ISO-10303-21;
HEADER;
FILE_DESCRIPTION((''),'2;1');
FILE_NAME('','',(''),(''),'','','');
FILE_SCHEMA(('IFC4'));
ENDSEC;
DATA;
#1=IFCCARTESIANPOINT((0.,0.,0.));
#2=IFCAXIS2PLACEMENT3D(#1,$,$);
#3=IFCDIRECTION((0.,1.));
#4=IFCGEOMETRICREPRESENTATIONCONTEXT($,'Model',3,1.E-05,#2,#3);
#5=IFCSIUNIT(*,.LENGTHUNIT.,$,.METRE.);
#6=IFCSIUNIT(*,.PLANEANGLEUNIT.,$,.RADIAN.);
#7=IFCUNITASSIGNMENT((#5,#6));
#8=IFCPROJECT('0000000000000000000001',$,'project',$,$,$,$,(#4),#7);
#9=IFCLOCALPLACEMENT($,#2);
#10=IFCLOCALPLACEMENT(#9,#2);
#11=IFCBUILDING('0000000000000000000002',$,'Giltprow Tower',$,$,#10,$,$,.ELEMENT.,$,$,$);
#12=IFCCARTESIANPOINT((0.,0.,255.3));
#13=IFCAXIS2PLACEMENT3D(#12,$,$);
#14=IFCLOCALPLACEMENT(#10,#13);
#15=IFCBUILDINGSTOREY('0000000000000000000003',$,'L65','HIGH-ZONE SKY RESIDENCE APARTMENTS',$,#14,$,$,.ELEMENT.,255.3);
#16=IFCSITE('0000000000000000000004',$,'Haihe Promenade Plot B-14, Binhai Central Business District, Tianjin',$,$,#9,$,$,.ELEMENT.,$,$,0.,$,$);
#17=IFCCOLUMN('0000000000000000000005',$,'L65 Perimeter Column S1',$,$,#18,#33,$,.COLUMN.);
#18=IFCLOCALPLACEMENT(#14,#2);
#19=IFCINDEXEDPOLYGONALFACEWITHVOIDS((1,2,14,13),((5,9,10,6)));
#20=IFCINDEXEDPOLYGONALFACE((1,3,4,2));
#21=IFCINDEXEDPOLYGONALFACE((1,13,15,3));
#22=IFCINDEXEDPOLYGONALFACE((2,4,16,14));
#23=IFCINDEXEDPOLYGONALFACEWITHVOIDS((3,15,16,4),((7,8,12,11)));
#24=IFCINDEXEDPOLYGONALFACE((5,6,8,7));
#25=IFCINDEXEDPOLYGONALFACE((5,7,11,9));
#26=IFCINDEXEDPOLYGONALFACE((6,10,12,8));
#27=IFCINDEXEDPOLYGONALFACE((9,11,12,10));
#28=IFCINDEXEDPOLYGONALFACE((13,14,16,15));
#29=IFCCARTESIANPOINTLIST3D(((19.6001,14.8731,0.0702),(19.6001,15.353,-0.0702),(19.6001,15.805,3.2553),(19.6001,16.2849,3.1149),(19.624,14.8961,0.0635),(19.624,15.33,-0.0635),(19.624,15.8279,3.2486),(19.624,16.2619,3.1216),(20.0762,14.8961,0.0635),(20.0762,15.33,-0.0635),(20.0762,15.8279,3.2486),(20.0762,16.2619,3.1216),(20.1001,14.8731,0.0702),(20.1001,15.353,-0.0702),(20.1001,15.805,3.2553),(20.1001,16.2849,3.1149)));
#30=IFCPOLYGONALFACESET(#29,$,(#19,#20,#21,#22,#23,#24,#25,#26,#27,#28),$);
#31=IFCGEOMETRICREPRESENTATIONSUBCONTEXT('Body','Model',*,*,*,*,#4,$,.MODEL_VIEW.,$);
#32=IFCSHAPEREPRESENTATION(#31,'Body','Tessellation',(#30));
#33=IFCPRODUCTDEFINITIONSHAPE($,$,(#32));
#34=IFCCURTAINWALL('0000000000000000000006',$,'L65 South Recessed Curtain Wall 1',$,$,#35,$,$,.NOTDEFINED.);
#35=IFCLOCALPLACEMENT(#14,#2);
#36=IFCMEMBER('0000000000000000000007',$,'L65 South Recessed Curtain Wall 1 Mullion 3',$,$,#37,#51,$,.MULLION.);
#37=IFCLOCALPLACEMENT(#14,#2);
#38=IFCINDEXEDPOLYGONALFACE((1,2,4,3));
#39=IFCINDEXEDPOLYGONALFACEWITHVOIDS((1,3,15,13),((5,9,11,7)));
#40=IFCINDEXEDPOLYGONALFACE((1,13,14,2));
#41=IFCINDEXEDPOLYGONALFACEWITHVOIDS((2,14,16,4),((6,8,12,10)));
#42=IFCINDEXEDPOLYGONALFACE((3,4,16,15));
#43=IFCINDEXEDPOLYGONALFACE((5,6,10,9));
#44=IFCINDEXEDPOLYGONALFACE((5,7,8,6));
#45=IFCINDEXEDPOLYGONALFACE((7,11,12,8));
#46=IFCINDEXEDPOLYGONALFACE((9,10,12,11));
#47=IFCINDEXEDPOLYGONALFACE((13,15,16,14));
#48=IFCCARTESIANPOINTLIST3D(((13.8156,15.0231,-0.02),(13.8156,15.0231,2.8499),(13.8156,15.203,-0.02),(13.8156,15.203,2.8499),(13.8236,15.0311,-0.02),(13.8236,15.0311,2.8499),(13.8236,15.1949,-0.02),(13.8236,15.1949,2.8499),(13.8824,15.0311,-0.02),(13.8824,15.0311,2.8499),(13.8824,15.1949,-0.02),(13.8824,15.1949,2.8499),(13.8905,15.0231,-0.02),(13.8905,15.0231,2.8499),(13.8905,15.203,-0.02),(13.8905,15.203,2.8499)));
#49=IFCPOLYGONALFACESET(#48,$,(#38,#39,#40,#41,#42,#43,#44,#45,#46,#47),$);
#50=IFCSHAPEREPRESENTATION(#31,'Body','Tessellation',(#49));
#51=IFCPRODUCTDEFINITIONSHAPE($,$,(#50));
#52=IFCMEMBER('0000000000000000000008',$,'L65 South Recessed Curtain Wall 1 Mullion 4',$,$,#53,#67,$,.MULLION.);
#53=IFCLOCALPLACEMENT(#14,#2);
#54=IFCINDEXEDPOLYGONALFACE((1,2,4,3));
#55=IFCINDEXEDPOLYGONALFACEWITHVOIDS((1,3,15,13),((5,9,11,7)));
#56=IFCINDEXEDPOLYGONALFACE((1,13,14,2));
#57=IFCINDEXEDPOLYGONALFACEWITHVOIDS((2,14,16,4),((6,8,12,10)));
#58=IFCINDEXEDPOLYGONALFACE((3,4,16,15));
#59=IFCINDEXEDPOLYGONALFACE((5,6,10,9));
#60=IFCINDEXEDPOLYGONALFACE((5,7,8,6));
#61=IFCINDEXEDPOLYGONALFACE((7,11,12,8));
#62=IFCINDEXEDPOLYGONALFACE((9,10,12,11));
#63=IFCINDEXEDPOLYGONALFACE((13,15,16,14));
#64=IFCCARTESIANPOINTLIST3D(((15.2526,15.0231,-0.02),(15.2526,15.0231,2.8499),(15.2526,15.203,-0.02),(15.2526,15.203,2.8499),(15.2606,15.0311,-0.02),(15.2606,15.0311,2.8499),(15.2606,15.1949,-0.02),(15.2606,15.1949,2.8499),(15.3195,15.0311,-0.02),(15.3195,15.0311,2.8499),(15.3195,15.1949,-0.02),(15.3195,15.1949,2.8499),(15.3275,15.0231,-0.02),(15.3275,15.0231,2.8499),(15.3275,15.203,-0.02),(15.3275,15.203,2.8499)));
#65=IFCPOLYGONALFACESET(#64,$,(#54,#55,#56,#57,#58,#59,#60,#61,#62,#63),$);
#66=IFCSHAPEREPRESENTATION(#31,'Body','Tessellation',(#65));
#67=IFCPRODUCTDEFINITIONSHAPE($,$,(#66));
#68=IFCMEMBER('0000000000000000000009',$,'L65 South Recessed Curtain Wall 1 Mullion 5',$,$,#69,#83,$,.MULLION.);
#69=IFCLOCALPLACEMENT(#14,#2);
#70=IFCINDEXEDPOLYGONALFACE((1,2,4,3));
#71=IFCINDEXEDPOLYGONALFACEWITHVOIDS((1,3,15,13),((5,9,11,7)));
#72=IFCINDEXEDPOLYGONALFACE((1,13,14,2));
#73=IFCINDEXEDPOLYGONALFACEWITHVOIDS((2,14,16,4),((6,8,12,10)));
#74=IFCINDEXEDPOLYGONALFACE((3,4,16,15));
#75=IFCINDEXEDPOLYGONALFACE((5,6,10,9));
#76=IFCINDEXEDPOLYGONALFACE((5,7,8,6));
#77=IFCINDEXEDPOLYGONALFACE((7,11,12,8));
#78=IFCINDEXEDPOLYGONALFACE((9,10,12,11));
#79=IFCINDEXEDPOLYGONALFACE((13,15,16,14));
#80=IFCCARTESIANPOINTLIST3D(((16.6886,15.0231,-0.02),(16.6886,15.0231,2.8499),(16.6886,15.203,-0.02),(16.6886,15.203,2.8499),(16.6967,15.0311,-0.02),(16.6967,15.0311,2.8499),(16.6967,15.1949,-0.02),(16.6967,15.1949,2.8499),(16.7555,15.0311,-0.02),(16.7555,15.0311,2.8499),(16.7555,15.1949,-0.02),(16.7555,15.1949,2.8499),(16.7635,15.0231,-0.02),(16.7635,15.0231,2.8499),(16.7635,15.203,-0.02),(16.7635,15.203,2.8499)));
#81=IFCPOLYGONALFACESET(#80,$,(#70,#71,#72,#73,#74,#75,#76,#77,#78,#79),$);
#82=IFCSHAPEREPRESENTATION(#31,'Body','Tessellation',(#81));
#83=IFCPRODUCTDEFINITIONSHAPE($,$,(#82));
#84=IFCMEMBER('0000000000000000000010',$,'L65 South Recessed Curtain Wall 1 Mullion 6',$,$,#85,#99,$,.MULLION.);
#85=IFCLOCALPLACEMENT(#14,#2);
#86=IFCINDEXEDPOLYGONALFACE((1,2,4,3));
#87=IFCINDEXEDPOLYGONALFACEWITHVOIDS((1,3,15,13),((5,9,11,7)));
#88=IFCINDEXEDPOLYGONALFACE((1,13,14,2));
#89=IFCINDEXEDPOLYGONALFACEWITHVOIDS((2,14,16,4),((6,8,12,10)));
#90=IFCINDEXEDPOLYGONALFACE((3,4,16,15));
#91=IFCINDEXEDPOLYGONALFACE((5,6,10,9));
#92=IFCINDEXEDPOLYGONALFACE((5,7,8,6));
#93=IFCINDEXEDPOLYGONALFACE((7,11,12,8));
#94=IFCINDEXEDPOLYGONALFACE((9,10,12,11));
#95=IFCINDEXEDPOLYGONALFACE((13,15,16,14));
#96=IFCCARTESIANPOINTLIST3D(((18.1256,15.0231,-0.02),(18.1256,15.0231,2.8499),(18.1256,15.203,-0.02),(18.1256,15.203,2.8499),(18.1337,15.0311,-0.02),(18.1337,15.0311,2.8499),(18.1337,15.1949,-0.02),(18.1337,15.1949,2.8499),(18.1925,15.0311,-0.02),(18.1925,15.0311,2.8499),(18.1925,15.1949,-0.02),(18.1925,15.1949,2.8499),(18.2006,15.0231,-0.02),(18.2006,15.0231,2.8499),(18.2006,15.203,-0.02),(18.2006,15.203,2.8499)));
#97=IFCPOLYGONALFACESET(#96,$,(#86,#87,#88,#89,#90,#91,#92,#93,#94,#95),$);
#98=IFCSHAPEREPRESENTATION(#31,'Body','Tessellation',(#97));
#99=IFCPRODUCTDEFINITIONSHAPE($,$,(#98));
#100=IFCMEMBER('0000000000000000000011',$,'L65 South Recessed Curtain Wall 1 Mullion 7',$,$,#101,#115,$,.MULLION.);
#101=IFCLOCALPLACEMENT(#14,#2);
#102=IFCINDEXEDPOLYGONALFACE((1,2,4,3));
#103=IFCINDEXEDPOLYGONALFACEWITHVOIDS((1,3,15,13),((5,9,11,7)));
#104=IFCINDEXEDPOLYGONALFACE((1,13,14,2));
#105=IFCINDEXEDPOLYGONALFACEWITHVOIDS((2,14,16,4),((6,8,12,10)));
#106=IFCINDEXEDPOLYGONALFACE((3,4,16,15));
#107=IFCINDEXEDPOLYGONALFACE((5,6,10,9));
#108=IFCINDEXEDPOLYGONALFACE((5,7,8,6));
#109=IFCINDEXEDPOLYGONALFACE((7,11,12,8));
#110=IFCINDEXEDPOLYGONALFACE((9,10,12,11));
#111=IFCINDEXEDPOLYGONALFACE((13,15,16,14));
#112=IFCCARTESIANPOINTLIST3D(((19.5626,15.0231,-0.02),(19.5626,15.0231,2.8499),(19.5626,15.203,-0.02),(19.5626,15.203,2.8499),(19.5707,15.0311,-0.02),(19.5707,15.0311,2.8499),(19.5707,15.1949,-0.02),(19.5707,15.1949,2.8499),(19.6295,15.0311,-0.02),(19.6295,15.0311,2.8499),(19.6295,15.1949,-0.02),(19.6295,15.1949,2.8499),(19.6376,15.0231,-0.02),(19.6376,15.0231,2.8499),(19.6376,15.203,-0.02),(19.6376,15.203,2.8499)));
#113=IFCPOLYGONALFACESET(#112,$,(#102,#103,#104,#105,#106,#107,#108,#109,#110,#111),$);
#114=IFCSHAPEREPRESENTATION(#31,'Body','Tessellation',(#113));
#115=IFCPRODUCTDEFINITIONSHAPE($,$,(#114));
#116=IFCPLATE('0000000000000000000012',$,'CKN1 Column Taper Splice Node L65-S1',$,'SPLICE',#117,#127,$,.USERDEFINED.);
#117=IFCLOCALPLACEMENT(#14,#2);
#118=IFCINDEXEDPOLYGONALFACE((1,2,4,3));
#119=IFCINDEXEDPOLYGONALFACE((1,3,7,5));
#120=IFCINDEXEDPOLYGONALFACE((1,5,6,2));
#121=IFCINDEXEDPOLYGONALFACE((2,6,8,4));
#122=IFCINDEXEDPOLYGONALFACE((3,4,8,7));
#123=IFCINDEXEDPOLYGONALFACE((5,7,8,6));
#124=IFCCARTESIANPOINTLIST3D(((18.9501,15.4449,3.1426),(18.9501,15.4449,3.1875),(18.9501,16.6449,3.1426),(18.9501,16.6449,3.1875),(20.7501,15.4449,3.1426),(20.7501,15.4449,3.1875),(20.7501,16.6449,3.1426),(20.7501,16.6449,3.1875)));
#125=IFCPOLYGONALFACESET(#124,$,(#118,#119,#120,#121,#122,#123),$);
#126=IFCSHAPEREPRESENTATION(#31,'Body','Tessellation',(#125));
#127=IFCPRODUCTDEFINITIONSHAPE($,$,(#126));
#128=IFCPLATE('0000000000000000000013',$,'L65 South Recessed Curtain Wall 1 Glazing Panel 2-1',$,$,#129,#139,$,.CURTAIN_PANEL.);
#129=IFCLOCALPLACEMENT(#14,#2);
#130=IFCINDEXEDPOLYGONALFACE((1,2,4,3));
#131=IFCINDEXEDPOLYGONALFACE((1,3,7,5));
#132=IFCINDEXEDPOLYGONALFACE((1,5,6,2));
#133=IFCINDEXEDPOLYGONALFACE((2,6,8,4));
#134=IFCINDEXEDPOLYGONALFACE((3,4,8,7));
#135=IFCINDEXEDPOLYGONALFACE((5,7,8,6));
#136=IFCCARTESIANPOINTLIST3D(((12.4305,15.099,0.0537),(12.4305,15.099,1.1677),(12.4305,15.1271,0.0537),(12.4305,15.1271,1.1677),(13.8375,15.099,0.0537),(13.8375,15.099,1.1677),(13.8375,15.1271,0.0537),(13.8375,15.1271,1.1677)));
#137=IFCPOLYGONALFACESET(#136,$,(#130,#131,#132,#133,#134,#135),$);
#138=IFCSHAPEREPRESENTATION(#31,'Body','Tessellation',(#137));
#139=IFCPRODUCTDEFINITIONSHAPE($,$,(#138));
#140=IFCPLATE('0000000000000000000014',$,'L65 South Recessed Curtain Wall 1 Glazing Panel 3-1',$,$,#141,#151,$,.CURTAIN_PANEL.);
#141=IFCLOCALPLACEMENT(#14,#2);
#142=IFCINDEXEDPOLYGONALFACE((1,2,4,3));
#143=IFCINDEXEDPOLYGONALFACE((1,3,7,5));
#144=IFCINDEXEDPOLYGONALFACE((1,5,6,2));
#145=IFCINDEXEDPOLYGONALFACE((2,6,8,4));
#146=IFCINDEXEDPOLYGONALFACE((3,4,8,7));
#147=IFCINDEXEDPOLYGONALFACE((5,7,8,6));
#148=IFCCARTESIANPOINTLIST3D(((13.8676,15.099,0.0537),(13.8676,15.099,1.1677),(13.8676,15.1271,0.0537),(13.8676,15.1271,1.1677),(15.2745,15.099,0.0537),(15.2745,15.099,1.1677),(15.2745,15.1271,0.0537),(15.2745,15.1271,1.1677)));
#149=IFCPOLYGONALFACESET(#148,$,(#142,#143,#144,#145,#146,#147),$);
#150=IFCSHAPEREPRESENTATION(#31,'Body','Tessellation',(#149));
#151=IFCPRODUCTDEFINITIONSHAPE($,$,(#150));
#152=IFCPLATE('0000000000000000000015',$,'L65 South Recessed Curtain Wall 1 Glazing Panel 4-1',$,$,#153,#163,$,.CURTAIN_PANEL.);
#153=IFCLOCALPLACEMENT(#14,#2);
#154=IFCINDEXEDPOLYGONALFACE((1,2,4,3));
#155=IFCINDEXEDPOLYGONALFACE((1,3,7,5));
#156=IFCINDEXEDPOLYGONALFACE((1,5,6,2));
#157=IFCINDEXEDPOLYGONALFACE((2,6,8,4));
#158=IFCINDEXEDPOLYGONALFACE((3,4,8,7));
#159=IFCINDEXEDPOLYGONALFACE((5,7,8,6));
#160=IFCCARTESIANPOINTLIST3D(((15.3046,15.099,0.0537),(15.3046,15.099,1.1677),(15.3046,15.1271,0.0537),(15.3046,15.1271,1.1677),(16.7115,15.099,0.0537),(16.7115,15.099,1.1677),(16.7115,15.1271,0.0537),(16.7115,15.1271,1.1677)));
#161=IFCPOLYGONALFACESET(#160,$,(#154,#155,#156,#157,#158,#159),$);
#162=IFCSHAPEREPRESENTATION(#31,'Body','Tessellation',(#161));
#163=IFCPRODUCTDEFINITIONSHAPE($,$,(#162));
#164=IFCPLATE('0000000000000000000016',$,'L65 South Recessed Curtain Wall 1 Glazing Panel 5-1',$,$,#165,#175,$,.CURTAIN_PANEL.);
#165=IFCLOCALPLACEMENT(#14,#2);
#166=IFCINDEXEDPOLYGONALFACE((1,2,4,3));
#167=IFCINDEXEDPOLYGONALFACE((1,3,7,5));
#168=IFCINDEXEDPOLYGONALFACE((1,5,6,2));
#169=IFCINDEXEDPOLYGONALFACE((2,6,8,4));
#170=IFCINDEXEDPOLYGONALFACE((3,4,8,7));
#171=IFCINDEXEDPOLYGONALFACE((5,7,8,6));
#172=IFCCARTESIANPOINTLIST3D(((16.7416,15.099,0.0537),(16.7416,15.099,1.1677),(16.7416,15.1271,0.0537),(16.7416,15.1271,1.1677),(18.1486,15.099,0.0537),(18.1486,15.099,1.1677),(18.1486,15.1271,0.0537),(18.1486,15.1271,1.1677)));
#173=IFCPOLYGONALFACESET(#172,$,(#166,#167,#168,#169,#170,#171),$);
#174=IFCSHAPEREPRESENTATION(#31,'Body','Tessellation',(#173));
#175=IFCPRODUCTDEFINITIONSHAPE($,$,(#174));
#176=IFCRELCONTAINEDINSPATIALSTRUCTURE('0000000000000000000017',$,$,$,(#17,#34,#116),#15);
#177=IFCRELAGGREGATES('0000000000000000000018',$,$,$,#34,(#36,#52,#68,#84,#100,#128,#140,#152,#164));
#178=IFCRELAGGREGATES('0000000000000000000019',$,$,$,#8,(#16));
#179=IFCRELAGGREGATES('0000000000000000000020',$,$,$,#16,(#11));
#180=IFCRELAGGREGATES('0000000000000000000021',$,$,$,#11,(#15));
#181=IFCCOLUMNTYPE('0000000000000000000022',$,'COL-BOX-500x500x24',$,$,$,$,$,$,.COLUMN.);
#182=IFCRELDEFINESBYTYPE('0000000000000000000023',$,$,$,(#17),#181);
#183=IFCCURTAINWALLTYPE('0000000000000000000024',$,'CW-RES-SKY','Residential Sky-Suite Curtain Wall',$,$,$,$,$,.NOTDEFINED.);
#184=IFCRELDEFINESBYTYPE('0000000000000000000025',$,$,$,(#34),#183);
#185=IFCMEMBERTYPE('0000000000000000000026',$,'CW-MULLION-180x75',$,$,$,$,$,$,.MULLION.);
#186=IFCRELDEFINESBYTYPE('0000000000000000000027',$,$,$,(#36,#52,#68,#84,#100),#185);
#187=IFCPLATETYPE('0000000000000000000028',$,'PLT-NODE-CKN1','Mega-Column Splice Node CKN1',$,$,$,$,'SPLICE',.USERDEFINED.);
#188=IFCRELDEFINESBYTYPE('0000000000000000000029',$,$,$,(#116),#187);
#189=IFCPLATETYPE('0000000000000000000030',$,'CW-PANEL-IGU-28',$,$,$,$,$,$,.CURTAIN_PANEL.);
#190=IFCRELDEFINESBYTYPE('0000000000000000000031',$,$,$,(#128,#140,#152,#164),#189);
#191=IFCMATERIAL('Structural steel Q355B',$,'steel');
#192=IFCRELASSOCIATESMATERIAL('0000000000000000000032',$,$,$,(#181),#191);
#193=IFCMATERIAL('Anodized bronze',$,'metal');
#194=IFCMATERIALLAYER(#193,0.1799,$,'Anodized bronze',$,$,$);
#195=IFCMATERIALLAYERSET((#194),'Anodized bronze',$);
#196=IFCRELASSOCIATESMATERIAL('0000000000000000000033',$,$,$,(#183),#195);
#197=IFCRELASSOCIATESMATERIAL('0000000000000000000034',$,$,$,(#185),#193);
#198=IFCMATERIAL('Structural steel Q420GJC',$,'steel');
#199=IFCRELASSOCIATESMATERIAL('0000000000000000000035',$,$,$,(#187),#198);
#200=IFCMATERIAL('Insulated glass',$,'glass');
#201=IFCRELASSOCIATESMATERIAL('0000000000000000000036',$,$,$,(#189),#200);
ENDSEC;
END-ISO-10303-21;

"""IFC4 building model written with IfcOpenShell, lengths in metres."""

from ifc_helpers import new_model, si_unit, direction, frame, origin, origin_2d, place, context, subcontext, project, spatial, rectangle, hollow_rectangle, extrude, source, transform, mapped, material, layer, layer_set, material_profile, profile_set, type_object, element, aggregate, save


model = new_model("IFC4")

# Units and contexts
model_context = context("Model", 3, precision=1e-05, world=origin(), true_north=direction((0.0, 1.0)))
body_context = subcontext(model_context, "Body", "Model", "MODEL_VIEW")
ifc_project = project(units=[si_unit("LENGTHUNIT", "METRE"), si_unit("PLANEANGLEUNIT", "RADIAN")], contexts=[model_context])

# Site, building, storey
site_placement = place(None, origin())
site = spatial("IfcSite", under=ifc_project, at=site_placement, Name="Haihe Promenade Plot B-14, Binhai Central Business District, Tianjin", CompositionType="ELEMENT", RefElevation=0.0)
building_placement = place(site_placement, origin())
building = spatial("IfcBuilding", under=site, at=building_placement, Name="Giltprow Tower", CompositionType="ELEMENT")
storey_placement = place(building_placement, frame((0.0, 0.0, 255.3)))
storey = spatial("IfcBuildingStorey", under=building, at=storey_placement, Name="L65", Description="HIGH-ZONE SKY RESIDENCE APARTMENTS", CompositionType="ELEMENT", Elevation=255.3)

# Column
ifc_material_1 = material(Name="Structural steel Q355B", Category="steel")
ifc_material_profile_1 = material_profile(ifc_material_1, hollow_rectangle(XDim=0.5, YDim=0.5, WallThickness=0.0239, at=origin_2d()), Name="BOX 500x500x24")
ifc_profile_set_1 = profile_set([ifc_material_profile_1], Name="Structural steel Q355B")
column_type = type_object("IfcColumnType", Name="COL-BOX-500x500x24", PredefinedType="COLUMN", material=ifc_profile_set_1)
shared_shape_1 = source(origin(), body_context, "Body", "SweptSolid", [
    extrude(hollow_rectangle(XDim=0.5, YDim=0.5, WallThickness=0.0239, at=origin_2d()), origin(), (0.0, 0.0, 1.0), 3.3186),
])
column_placement = place(storey_placement, frame((19.8501, 15.113, 0.0), z_axis=(0.0, 0.280808, 0.959764), x_axis=(-1.0, 0.0, 0.0)))
element("IfcColumn", 1, at=column_placement, inside=storey, type_object=column_type, Name="L65 Perimeter Column S1", PredefinedType="COLUMN", context=body_context, shape_type="MappedRepresentation", body=[
    mapped(shared_shape_1, transform((0.0, 0.0, 0.0), x_axis=(1.0, 0.0, 0.0), y_axis=(0.0, 1.0, 0.0), z_axis=(0.0, 0.0, 1.0), scale=1.0)),
])

# Curtain wall, members
ifc_material_2 = material(Name="Anodized bronze", Category="metal")
ifc_layer = layer(ifc_material_2, 0.1799, Name="Anodized bronze")
ifc_layer_set = layer_set([ifc_layer], Name="Anodized bronze")
curtain_wall_type = type_object("IfcCurtainWallType", Name="CW-RES-SKY", Description="Residential Sky-Suite Curtain Wall", PredefinedType="NOTDEFINED", material=ifc_layer_set)
curtain_wall_placement = place(storey_placement, origin())
curtain_wall = element("IfcCurtainWall", 2, at=curtain_wall_placement, inside=storey, type_object=curtain_wall_type, Name="L65 South Recessed Curtain Wall 1", PredefinedType="NOTDEFINED")
ifc_material_profile_2 = material_profile(ifc_material_2, hollow_rectangle(XDim=0.075, YDim=0.1799, WallThickness=0.0081, at=origin_2d()), Name="RHS 180x75x8")
ifc_profile_set_2 = profile_set([ifc_material_profile_2], Name="Anodized bronze")
member_type = type_object("IfcMemberType", Name="CW-MULLION-180x75", PredefinedType="MULLION", material=ifc_profile_set_2)
shared_shape_2 = source(origin(), body_context, "Body", "SweptSolid", [
    extrude(hollow_rectangle(XDim=0.075, YDim=0.1799, WallThickness=0.0081, at=origin_2d()), origin(), (0.0, 0.0, 1.0), 2.8699),
])
member_1_placement = place(storey_placement, frame((13.853, 15.113, -0.02), z_axis=(0.0, 0.0, 1.0), x_axis=(1.0, 0.0, 0.0)))
member_1 = element("IfcMember", 3, at=member_1_placement, type_object=member_type, Name="L65 South Recessed Curtain Wall 1 Mullion 3", PredefinedType="MULLION", context=body_context, shape_type="MappedRepresentation", body=[
    mapped(shared_shape_2, transform((0.0, 0.0, 0.0), x_axis=(1.0, 0.0, 0.0), y_axis=(0.0, 1.0, 0.0), z_axis=(0.0, 0.0, 1.0), scale=1.0)),
])
member_2_placement = place(storey_placement, frame((15.29, 15.113, -0.02), z_axis=(0.0, 0.0, 1.0), x_axis=(1.0, 0.0, 0.0)))
member_2 = element("IfcMember", 4, at=member_2_placement, type_object=member_type, Name="L65 South Recessed Curtain Wall 1 Mullion 4", PredefinedType="MULLION", context=body_context, shape_type="MappedRepresentation", body=[
    mapped(shared_shape_2, transform((0.0, 0.0, 0.0), x_axis=(1.0, 0.0, 0.0), y_axis=(0.0, 1.0, 0.0), z_axis=(0.0, 0.0, 1.0), scale=1.0)),
])
member_3_placement = place(storey_placement, frame((16.7261, 15.113, -0.02), z_axis=(0.0, 0.0, 1.0), x_axis=(1.0, 0.0, 0.0)))
member_3 = element("IfcMember", 5, at=member_3_placement, type_object=member_type, Name="L65 South Recessed Curtain Wall 1 Mullion 5", PredefinedType="MULLION", context=body_context, shape_type="MappedRepresentation", body=[
    mapped(shared_shape_2, transform((0.0, 0.0, 0.0), x_axis=(1.0, 0.0, 0.0), y_axis=(0.0, 1.0, 0.0), z_axis=(0.0, 0.0, 1.0), scale=1.0)),
])
member_4_placement = place(storey_placement, frame((18.1631, 15.113, -0.02), z_axis=(0.0, 0.0, 1.0), x_axis=(1.0, 0.0, 0.0)))
member_4 = element("IfcMember", 6, at=member_4_placement, type_object=member_type, Name="L65 South Recessed Curtain Wall 1 Mullion 6", PredefinedType="MULLION", context=body_context, shape_type="MappedRepresentation", body=[
    mapped(shared_shape_2, transform((0.0, 0.0, 0.0), x_axis=(1.0, 0.0, 0.0), y_axis=(0.0, 1.0, 0.0), z_axis=(0.0, 0.0, 1.0), scale=1.0)),
])
member_5_placement = place(storey_placement, frame((19.6001, 15.113, -0.02), z_axis=(0.0, 0.0, 1.0), x_axis=(1.0, 0.0, 0.0)))
member_5 = element("IfcMember", 7, at=member_5_placement, type_object=member_type, Name="L65 South Recessed Curtain Wall 1 Mullion 7", PredefinedType="MULLION", context=body_context, shape_type="MappedRepresentation", body=[
    mapped(shared_shape_2, transform((0.0, 0.0, 0.0), x_axis=(1.0, 0.0, 0.0), y_axis=(0.0, 1.0, 0.0), z_axis=(0.0, 0.0, 1.0), scale=1.0)),
])

# Plates
ifc_material_3 = material(Name="Structural steel Q420GJC", Category="steel")
plate_type_1 = type_object("IfcPlateType", Name="PLT-NODE-CKN1", Description="Mega-Column Splice Node CKN1", ElementType="SPLICE", PredefinedType="USERDEFINED", material=ifc_material_3)
shared_shape_3 = source(origin(), body_context, "Body", "SweptSolid", [
    extrude(rectangle(XDim=1.8, YDim=1.2, at=origin_2d()), origin(), (0.0, 0.0, 1.0), 0.0449),
])
plate_1_placement = place(storey_placement, frame((19.8501, 16.0449, 3.1426), z_axis=(0.0, 0.0, 1.0), x_axis=(1.0, 0.0, 0.0)))
element("IfcPlate", 8, at=plate_1_placement, inside=storey, type_object=plate_type_1, Name="CKN1 Column Taper Splice Node L65-S1", ObjectType="SPLICE", PredefinedType="USERDEFINED", context=body_context, shape_type="MappedRepresentation", body=[
    mapped(shared_shape_3, transform((0.0, 0.0, 0.0), x_axis=(1.0, 0.0, 0.0), y_axis=(0.0, 1.0, 0.0), z_axis=(0.0, 0.0, 1.0), scale=1.0)),
])
ifc_material_4 = material(Name="Insulated glass", Category="glass")
plate_type_2 = type_object("IfcPlateType", Name="CW-PANEL-IGU-28", PredefinedType="CURTAIN_PANEL", material=ifc_material_4)
shared_shape_4 = source(origin(), body_context, "Body", "SweptSolid", [
    extrude(rectangle(XDim=1.407, YDim=0.0281, at=origin_2d()), origin(), (0.0, 0.0, 1.0), 1.114),
])
plate_2_placement = place(storey_placement, frame((13.134, 15.113, 0.0537), z_axis=(0.0, 0.0, 1.0), x_axis=(1.0, 0.0, 0.0)))
plate_2 = element("IfcPlate", 9, at=plate_2_placement, type_object=plate_type_2, Name="L65 South Recessed Curtain Wall 1 Glazing Panel 2-1", PredefinedType="CURTAIN_PANEL", context=body_context, shape_type="MappedRepresentation", body=[
    mapped(shared_shape_4, transform((0.0, 0.0, 0.0), x_axis=(1.0, 0.0, 0.0), y_axis=(0.0, 1.0, 0.0), z_axis=(0.0, 0.0, 1.0), scale=1.0)),
])
plate_3_placement = place(storey_placement, frame((14.571, 15.113, 0.0537), z_axis=(0.0, 0.0, 1.0), x_axis=(1.0, 0.0, 0.0)))
plate_3 = element("IfcPlate", 10, at=plate_3_placement, type_object=plate_type_2, Name="L65 South Recessed Curtain Wall 1 Glazing Panel 3-1", PredefinedType="CURTAIN_PANEL", context=body_context, shape_type="MappedRepresentation", body=[
    mapped(shared_shape_4, transform((0.0, 0.0, 0.0), x_axis=(1.0, 0.0, 0.0), y_axis=(0.0, 1.0, 0.0), z_axis=(0.0, 0.0, 1.0), scale=1.0)),
])
plate_4_placement = place(storey_placement, frame((16.0081, 15.113, 0.0537), z_axis=(0.0, 0.0, 1.0), x_axis=(1.0, 0.0, 0.0)))
plate_4 = element("IfcPlate", 11, at=plate_4_placement, type_object=plate_type_2, Name="L65 South Recessed Curtain Wall 1 Glazing Panel 4-1", PredefinedType="CURTAIN_PANEL", context=body_context, shape_type="MappedRepresentation", body=[
    mapped(shared_shape_4, transform((0.0, 0.0, 0.0), x_axis=(1.0, 0.0, 0.0), y_axis=(0.0, 1.0, 0.0), z_axis=(0.0, 0.0, 1.0), scale=1.0)),
])
plate_5_placement = place(storey_placement, frame((17.4451, 15.113, 0.0537), z_axis=(0.0, 0.0, 1.0), x_axis=(1.0, 0.0, 0.0)))
plate_5 = element("IfcPlate", 12, at=plate_5_placement, type_object=plate_type_2, Name="L65 South Recessed Curtain Wall 1 Glazing Panel 5-1", PredefinedType="CURTAIN_PANEL", context=body_context, shape_type="MappedRepresentation", body=[
    mapped(shared_shape_4, transform((0.0, 0.0, 0.0), x_axis=(1.0, 0.0, 0.0), y_axis=(0.0, 1.0, 0.0), z_axis=(0.0, 0.0, 1.0), scale=1.0)),
])
aggregate(curtain_wall, [member_1, member_2, member_3, member_4, member_5, plate_2, plate_3, plate_4, plate_5])

save(model, "model.ifc")
